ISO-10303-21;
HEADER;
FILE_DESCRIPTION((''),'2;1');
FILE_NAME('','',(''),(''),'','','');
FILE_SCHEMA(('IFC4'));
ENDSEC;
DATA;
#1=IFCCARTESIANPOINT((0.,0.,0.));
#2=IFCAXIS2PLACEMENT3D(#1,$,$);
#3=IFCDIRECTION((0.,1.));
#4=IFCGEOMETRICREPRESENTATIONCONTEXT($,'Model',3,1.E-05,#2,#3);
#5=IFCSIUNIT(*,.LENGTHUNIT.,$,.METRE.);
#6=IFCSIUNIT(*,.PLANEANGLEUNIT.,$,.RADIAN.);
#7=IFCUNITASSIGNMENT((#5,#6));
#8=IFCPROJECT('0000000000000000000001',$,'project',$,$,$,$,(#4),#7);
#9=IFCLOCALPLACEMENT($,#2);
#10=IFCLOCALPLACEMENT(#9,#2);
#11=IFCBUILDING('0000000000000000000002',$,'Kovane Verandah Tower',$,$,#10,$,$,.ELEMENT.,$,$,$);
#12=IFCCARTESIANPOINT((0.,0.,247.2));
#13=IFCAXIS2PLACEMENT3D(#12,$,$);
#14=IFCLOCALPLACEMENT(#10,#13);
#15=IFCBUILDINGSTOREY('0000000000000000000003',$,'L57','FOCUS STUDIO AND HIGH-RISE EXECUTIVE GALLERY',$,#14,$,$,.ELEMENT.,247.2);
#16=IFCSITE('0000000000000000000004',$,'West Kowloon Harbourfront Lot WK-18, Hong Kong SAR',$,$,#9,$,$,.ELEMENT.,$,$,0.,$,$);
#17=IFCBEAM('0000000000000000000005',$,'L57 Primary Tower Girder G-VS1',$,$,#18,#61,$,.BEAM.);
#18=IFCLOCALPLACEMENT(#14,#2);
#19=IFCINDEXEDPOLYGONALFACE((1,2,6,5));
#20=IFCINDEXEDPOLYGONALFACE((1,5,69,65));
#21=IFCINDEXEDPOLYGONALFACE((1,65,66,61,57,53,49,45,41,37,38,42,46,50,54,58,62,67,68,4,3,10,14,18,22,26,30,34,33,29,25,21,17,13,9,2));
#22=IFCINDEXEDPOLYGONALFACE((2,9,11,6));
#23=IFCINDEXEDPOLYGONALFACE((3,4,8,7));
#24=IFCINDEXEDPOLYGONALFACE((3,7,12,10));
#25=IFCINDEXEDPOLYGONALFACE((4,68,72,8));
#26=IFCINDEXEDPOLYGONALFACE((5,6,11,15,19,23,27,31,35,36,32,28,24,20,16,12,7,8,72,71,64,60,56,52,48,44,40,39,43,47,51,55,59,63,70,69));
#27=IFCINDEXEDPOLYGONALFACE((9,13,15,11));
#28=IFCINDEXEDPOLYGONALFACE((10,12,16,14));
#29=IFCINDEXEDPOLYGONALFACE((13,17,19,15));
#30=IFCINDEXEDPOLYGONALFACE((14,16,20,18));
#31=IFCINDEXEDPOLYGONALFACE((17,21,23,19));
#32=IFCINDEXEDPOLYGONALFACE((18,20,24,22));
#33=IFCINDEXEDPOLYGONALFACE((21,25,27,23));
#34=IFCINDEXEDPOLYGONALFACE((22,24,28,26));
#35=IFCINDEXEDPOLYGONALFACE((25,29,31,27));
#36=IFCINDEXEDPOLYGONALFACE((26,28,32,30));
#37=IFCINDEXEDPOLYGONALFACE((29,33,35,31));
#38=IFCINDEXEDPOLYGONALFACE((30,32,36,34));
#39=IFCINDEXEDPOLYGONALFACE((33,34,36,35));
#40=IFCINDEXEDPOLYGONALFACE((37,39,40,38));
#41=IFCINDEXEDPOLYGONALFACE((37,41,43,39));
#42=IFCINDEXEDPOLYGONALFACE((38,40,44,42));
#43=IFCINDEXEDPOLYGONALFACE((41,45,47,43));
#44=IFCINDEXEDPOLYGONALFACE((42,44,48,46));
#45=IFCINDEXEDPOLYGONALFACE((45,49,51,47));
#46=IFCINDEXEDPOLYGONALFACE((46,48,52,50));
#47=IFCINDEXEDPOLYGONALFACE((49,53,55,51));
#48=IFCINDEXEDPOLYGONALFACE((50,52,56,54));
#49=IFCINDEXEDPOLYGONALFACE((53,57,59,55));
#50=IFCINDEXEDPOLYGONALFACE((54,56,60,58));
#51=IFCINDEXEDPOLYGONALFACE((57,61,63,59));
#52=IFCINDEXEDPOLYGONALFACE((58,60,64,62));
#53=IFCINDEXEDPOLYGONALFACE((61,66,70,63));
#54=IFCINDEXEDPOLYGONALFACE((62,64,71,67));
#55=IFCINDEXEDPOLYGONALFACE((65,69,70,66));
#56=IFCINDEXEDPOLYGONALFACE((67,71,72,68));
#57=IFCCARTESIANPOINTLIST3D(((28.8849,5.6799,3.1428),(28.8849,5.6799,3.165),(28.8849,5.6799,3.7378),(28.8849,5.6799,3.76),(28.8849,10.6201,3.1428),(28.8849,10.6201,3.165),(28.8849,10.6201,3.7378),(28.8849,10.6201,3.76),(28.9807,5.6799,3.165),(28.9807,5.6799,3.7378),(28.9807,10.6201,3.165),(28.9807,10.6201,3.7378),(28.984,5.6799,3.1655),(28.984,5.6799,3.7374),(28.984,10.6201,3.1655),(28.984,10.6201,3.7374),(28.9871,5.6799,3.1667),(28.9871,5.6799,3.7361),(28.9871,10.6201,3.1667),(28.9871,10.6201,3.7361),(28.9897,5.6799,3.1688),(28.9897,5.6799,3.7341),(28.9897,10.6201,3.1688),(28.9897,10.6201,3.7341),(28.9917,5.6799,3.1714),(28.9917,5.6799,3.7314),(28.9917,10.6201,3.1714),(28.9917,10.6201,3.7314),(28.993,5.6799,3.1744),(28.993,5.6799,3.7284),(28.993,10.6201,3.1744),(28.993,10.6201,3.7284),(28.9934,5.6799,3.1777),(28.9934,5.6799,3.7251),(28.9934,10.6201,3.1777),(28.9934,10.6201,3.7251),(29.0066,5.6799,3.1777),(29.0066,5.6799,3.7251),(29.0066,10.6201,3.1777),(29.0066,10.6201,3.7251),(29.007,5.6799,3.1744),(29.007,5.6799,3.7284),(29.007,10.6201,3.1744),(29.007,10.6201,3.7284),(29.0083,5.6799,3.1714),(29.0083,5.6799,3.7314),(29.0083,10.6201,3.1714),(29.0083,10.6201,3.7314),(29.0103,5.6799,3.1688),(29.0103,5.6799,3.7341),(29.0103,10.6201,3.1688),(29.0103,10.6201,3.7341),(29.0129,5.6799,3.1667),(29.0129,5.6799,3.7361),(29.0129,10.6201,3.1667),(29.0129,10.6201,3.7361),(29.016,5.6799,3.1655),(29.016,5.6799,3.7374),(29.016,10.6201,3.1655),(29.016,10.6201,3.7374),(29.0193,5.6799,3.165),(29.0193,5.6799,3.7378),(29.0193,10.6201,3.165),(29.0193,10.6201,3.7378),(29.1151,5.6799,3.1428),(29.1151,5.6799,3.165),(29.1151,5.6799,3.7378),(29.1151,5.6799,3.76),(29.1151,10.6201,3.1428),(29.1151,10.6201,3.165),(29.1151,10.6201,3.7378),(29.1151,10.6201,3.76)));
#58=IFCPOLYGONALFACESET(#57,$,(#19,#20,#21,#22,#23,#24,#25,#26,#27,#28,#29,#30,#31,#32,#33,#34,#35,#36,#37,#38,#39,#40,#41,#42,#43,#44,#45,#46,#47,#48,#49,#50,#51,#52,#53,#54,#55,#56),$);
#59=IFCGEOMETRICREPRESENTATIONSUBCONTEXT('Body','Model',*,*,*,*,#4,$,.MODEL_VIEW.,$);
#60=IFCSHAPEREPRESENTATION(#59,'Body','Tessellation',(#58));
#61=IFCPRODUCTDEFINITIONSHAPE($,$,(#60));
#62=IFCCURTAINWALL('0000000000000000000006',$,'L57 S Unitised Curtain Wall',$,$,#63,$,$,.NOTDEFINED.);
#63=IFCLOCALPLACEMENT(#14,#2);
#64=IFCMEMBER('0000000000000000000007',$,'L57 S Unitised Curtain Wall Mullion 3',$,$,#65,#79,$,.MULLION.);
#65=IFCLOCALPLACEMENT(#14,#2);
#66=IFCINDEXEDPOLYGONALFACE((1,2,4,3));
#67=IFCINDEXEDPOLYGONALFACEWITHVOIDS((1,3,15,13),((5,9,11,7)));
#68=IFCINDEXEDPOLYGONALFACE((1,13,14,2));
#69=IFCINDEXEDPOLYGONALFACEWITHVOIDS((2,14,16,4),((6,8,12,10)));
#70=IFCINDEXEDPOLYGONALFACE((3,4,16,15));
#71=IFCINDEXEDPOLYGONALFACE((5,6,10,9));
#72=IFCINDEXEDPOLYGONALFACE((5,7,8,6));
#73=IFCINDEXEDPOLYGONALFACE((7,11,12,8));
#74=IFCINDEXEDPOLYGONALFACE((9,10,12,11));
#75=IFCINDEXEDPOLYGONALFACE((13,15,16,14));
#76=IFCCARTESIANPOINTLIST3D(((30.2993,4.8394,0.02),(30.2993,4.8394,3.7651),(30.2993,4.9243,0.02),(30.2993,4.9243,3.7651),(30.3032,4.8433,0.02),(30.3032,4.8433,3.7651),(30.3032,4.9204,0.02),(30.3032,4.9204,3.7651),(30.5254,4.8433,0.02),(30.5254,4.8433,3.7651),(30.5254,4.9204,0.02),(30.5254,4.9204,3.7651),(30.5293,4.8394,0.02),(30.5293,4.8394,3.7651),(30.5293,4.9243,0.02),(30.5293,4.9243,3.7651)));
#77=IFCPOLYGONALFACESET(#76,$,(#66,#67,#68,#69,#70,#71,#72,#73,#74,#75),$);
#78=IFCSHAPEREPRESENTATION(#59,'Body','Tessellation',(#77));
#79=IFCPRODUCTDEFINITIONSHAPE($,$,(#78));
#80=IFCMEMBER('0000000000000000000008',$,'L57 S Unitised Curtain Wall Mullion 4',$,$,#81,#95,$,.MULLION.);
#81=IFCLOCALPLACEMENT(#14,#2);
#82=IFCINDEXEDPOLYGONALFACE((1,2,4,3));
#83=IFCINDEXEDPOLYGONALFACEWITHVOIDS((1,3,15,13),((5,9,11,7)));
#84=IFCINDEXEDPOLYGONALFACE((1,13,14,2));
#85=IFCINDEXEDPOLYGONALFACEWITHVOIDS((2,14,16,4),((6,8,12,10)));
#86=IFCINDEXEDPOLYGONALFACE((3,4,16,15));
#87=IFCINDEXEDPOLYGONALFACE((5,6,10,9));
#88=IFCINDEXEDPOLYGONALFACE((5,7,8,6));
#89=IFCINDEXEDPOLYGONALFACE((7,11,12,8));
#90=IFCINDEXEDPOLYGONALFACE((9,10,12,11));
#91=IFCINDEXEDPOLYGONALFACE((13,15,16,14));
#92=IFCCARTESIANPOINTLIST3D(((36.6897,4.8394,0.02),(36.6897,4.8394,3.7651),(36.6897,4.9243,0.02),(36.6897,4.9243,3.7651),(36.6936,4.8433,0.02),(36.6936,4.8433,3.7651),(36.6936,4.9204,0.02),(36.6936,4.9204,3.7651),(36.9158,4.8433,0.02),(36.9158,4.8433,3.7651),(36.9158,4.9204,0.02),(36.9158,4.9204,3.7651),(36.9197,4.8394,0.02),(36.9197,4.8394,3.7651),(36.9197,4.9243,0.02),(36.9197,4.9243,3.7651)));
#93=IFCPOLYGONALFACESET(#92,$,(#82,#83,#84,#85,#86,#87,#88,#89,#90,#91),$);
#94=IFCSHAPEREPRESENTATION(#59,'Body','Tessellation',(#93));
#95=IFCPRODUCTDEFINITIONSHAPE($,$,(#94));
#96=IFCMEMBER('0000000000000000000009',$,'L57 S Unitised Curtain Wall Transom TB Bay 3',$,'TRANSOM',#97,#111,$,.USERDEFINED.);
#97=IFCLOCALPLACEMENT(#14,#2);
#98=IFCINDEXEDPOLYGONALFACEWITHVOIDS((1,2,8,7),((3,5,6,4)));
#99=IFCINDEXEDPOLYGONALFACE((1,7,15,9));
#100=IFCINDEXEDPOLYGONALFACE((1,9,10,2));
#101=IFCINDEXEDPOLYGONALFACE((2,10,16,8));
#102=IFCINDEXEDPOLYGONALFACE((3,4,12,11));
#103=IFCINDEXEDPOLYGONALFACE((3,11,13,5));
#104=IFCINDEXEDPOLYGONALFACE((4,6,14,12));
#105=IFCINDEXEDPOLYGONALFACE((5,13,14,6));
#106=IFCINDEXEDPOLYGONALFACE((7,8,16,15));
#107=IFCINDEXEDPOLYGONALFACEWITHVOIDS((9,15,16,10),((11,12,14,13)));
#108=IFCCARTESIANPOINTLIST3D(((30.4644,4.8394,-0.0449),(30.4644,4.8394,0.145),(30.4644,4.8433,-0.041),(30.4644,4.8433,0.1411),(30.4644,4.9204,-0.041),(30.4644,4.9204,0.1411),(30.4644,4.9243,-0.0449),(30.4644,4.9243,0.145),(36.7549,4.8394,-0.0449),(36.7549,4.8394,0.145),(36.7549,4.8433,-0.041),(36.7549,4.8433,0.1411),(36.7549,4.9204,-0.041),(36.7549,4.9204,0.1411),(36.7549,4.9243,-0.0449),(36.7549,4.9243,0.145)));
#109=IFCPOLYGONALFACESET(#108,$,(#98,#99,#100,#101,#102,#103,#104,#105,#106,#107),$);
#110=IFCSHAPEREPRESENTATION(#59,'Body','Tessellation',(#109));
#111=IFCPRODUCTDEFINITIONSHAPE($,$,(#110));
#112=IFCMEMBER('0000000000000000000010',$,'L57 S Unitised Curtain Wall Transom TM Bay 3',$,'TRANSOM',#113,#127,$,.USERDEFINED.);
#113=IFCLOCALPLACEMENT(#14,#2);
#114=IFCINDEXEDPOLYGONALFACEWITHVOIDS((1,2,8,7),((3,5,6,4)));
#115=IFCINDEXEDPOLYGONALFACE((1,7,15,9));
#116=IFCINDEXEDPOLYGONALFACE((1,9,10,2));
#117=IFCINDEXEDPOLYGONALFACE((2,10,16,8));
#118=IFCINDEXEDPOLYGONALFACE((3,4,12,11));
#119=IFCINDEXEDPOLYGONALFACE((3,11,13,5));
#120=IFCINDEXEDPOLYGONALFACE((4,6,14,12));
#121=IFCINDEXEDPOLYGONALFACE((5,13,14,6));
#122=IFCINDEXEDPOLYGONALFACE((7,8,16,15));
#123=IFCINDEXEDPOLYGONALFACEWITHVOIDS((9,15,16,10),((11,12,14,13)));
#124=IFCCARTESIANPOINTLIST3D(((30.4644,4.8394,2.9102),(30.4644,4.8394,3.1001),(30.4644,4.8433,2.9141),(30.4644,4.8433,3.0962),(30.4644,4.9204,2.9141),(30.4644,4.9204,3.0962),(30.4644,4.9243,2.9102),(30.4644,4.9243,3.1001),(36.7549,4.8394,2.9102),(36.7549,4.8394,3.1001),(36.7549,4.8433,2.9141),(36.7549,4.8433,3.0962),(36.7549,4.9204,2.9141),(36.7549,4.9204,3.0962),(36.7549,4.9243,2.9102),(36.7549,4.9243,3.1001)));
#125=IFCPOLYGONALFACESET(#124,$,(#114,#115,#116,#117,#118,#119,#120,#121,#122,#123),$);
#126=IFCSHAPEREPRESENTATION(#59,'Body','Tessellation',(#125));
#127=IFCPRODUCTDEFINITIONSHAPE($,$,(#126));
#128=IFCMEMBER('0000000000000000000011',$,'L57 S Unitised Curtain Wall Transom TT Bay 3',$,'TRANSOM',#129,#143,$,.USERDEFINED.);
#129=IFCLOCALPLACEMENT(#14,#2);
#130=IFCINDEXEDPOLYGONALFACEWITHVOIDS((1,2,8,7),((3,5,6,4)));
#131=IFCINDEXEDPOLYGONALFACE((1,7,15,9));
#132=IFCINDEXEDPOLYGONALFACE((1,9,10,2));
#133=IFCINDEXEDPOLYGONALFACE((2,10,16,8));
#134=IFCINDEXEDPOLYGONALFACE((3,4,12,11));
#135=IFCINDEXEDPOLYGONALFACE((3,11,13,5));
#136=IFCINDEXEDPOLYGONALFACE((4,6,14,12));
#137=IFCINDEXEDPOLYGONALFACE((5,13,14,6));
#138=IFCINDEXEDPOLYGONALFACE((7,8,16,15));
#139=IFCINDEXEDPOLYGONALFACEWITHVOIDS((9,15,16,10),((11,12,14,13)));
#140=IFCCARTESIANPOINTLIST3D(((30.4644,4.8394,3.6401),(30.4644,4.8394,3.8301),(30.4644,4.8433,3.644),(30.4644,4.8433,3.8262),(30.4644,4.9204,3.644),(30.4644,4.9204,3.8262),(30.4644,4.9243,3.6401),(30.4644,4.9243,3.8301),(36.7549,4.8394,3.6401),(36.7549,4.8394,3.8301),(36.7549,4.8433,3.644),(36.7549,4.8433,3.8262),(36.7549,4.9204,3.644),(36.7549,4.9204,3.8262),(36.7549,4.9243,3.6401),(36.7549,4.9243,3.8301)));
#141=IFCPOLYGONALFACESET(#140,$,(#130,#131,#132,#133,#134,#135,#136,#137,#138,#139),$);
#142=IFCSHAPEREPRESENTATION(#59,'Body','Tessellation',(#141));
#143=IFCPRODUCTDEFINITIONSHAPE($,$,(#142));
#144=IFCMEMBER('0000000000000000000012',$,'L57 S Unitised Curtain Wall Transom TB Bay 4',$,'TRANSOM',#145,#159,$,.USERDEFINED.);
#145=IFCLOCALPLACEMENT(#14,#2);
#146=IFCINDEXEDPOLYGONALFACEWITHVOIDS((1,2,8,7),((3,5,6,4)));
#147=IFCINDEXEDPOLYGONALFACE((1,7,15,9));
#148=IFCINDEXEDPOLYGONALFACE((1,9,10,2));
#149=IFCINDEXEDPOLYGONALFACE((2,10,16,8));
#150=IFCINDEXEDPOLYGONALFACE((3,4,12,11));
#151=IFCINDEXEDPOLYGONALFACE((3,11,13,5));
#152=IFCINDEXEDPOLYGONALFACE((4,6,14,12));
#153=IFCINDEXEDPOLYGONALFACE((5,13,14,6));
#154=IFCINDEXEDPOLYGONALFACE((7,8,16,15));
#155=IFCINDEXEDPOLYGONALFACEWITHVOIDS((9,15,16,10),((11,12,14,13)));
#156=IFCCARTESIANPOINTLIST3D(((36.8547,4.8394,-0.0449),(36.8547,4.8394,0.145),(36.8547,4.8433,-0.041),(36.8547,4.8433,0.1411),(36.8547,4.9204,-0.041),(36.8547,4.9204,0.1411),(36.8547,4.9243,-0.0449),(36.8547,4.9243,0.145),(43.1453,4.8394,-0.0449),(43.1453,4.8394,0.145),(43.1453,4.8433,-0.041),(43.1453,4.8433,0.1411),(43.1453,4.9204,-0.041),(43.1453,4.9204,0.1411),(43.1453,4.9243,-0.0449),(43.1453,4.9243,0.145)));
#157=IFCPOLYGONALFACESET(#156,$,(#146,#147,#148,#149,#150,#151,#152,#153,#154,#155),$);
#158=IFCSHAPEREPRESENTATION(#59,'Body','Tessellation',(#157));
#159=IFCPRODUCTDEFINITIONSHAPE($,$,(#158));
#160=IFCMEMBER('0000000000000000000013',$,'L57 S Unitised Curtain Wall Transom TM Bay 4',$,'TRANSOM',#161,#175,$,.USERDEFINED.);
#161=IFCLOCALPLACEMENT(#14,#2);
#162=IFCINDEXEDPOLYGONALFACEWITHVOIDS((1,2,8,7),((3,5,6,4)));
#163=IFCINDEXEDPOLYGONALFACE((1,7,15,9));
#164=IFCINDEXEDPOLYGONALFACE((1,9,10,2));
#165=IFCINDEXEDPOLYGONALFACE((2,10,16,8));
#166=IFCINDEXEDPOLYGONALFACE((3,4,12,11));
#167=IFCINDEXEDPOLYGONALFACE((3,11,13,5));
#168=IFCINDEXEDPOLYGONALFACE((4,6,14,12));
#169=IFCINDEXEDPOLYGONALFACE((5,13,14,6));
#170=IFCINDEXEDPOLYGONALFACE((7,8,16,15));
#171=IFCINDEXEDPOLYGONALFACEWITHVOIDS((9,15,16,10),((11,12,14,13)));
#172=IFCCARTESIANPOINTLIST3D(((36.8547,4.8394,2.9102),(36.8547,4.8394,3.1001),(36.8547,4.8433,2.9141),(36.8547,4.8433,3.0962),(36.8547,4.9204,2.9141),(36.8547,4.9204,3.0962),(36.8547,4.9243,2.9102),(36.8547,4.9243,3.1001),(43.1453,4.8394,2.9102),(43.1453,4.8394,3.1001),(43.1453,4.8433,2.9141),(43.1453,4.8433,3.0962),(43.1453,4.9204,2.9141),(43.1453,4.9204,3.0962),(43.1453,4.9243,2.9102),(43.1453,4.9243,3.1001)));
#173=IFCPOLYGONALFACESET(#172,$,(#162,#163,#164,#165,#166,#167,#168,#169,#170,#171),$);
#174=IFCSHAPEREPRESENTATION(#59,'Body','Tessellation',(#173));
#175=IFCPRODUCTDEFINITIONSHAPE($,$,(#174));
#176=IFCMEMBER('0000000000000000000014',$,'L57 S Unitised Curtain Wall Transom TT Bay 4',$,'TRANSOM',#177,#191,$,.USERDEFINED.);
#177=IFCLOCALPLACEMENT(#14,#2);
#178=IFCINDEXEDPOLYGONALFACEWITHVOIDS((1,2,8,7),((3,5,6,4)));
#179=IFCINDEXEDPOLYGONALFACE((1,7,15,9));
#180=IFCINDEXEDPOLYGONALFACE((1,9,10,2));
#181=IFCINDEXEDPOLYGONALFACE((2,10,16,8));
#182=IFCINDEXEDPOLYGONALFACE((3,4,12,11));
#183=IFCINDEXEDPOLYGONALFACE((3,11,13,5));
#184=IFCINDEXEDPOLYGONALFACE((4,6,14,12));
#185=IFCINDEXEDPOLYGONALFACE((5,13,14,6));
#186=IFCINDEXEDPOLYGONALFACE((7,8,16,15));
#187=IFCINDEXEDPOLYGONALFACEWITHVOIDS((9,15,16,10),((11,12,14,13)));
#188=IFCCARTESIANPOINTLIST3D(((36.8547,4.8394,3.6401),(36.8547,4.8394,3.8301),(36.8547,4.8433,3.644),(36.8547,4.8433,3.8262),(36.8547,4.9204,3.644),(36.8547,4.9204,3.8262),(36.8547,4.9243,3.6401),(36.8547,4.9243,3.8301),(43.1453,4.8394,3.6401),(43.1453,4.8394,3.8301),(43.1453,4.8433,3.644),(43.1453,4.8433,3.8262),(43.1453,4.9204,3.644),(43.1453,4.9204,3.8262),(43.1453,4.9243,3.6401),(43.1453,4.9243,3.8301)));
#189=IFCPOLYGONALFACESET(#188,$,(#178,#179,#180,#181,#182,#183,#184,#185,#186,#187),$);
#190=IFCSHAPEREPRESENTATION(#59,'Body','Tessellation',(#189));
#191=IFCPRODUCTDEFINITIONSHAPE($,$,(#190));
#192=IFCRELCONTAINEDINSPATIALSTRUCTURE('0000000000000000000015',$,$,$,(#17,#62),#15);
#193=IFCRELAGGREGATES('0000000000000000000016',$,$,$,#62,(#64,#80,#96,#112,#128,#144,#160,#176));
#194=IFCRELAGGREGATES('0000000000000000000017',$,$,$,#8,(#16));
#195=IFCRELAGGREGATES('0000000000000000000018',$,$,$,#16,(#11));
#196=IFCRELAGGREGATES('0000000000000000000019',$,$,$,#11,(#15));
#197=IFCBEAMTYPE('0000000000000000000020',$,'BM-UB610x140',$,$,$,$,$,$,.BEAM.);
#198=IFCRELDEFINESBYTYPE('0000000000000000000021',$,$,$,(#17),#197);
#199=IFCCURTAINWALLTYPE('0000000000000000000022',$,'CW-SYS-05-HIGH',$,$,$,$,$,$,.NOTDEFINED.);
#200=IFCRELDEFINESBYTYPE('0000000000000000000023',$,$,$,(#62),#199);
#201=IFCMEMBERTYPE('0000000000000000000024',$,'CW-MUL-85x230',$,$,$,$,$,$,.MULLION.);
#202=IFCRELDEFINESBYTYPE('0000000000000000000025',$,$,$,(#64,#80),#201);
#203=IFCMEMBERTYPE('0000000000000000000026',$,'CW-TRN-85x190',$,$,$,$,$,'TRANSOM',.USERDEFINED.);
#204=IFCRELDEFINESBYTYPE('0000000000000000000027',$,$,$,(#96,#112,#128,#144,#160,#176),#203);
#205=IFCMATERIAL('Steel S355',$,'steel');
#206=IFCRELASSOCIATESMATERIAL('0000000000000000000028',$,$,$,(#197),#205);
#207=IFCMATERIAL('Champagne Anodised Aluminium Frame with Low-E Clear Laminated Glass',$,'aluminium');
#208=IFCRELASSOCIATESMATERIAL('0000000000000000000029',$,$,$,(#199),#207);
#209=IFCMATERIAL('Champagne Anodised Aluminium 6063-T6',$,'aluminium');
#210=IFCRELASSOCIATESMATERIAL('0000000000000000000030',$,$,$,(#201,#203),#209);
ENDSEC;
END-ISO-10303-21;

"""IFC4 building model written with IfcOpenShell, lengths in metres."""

from ifc_helpers import new_model, si_unit, direction, frame, origin, origin_2d, place, context, subcontext, project, spatial, hollow_rectangle, i_section, extrude, material, material_profile, profile_set, type_object, element, aggregate, save


model = new_model("IFC4")

# Units and contexts
model_context = context("Model", 3, precision=1e-05, world=origin(), true_north=direction((0.0, 1.0)))
body_context = subcontext(model_context, "Body", "Model", "MODEL_VIEW")
ifc_project = project(units=[si_unit("LENGTHUNIT", "METRE"), si_unit("PLANEANGLEUNIT", "RADIAN")], contexts=[model_context])

# Site, building, storey
site_placement = place(None, origin())
site = spatial("IfcSite", under=ifc_project, at=site_placement, Name="West Kowloon Harbourfront Lot WK-18, Hong Kong SAR", CompositionType="ELEMENT", RefElevation=0.0)
building_placement = place(site_placement, origin())
building = spatial("IfcBuilding", under=site, at=building_placement, Name="Kovane Verandah Tower", CompositionType="ELEMENT")
storey_placement = place(building_placement, frame((0.0, 0.0, 247.2)))
storey = spatial("IfcBuildingStorey", under=building, at=storey_placement, Name="L57", Description="FOCUS STUDIO AND HIGH-RISE EXECUTIVE GALLERY", CompositionType="ELEMENT", Elevation=247.2)

# Beam
ifc_material_1 = material(Name="Steel S355", Category="steel")
ifc_material_profile_1 = material_profile(ifc_material_1, i_section(OverallWidth=0.2302, OverallDepth=0.6172, WebThickness=0.0132, FlangeThickness=0.0222, FilletRadius=0.0127, at=origin_2d()), Name="UB610x229x140")
ifc_profile_set_1 = profile_set([ifc_material_profile_1], Name="Steel S355")
beam_type_1 = type_object("IfcBeamType", Name="BM-UB610x140", PredefinedType="BEAM", material=ifc_profile_set_1)
beam_1_placement = place(storey_placement, frame((29.0, 10.6201, 3.4514), z_axis=(0.0, -1.0, 0.0), x_axis=(1.0, 0.0, 0.0)))
element("IfcBeam", 1, at=beam_1_placement, inside=storey, type_object=beam_type_1, Name="L57 Primary Tower Girder G-VS1", PredefinedType="BEAM", context=body_context, shape_type="SweptSolid", body=[
    extrude(i_section(OverallWidth=0.2302, OverallDepth=0.6172, WebThickness=0.0132, FlangeThickness=0.0222, FilletRadius=0.0127, at=origin_2d()), origin(), (0.0, 0.0, 1.0), 4.9402),
])

# Curtain wall, members
ifc_material_2 = material(Name="Champagne Anodised Aluminium Frame with Low-E Clear Laminated Glass", Category="aluminium")
curtain_wall_type = type_object("IfcCurtainWallType", Name="CW-SYS-05-HIGH", PredefinedType="NOTDEFINED", material=ifc_material_2)
curtain_wall_placement = place(storey_placement, origin())
curtain_wall = element("IfcCurtainWall", 2, at=curtain_wall_placement, inside=storey, type_object=curtain_wall_type, Name="L57 S Unitised Curtain Wall", PredefinedType="NOTDEFINED")
ifc_material_3 = material(Name="Champagne Anodised Aluminium 6063-T6", Category="aluminium")
ifc_material_profile_2 = material_profile(ifc_material_3, hollow_rectangle(XDim=0.085, YDim=0.23, WallThickness=0.0039, at=origin_2d()), Name="AL85x230x4")
ifc_profile_set_2 = profile_set([ifc_material_profile_2], Name="Champagne Anodised Aluminium 6063-T6")
member_type_1 = type_object("IfcMemberType", Name="CW-MUL-85x230", PredefinedType="MULLION", material=ifc_profile_set_2)
member_1_placement = place(storey_placement, frame((30.4143, 4.8818, 0.02), z_axis=(0.0, 0.0, 1.0), x_axis=(0.0, -1.0, 0.0)))
member_1 = element("IfcMember", 3, at=member_1_placement, type_object=member_type_1, Name="L57 S Unitised Curtain Wall Mullion 3", PredefinedType="MULLION", context=body_context, shape_type="SweptSolid", body=[
    extrude(hollow_rectangle(XDim=0.085, YDim=0.23, WallThickness=0.0039, at=origin_2d()), origin(), (0.0, 0.0, 1.0), 3.7451),
])
member_2_placement = place(storey_placement, frame((36.8047, 4.8818, 0.02), z_axis=(0.0, 0.0, 1.0), x_axis=(0.0, -1.0, 0.0)))
member_2 = element("IfcMember", 4, at=member_2_placement, type_object=member_type_1, Name="L57 S Unitised Curtain Wall Mullion 4", PredefinedType="MULLION", context=body_context, shape_type="SweptSolid", body=[
    extrude(hollow_rectangle(XDim=0.085, YDim=0.23, WallThickness=0.0039, at=origin_2d()), origin(), (0.0, 0.0, 1.0), 3.7451),
])
ifc_material_profile_3 = material_profile(ifc_material_3, hollow_rectangle(XDim=0.085, YDim=0.1899, WallThickness=0.0039, at=origin_2d()), Name="AL85x190x4")
ifc_profile_set_3 = profile_set([ifc_material_profile_3], Name="Champagne Anodised Aluminium 6063-T6")
member_type_2 = type_object("IfcMemberType", Name="CW-TRN-85x190", ElementType="TRANSOM", PredefinedType="USERDEFINED", material=ifc_profile_set_3)
member_3_placement = place(storey_placement, frame((30.4644, 4.8818, 0.05), z_axis=(1.0, 0.0, 0.0), x_axis=(0.0, 1.0, 0.0)))
member_3 = element("IfcMember", 5, at=member_3_placement, type_object=member_type_2, Name="L57 S Unitised Curtain Wall Transom TB Bay 3", ObjectType="TRANSOM", PredefinedType="USERDEFINED", context=body_context, shape_type="SweptSolid", body=[
    extrude(hollow_rectangle(XDim=0.085, YDim=0.1899, WallThickness=0.0039, at=origin_2d()), origin(), (0.0, 0.0, 1.0), 6.2905),
])
member_4_placement = place(storey_placement, frame((30.4644, 4.8818, 3.0051), z_axis=(1.0, 0.0, 0.0), x_axis=(0.0, 1.0, 0.0)))
member_4 = element("IfcMember", 6, at=member_4_placement, type_object=member_type_2, Name="L57 S Unitised Curtain Wall Transom TM Bay 3", ObjectType="TRANSOM", PredefinedType="USERDEFINED", context=body_context, shape_type="SweptSolid", body=[
    extrude(hollow_rectangle(XDim=0.085, YDim=0.1899, WallThickness=0.0039, at=origin_2d()), origin(), (0.0, 0.0, 1.0), 6.2905),
])
member_5_placement = place(storey_placement, frame((30.4644, 4.8818, 3.7351), z_axis=(1.0, 0.0, 0.0), x_axis=(0.0, 1.0, 0.0)))
member_5 = element("IfcMember", 7, at=member_5_placement, type_object=member_type_2, Name="L57 S Unitised Curtain Wall Transom TT Bay 3", ObjectType="TRANSOM", PredefinedType="USERDEFINED", context=body_context, shape_type="SweptSolid", body=[
    extrude(hollow_rectangle(XDim=0.085, YDim=0.1899, WallThickness=0.0039, at=origin_2d()), origin(), (0.0, 0.0, 1.0), 6.2905),
])
member_6_placement = place(storey_placement, frame((36.8547, 4.8818, 0.05), z_axis=(1.0, 0.0, 0.0), x_axis=(0.0, 1.0, 0.0)))
member_6 = element("IfcMember", 8, at=member_6_placement, type_object=member_type_2, Name="L57 S Unitised Curtain Wall Transom TB Bay 4", ObjectType="TRANSOM", PredefinedType="USERDEFINED", context=body_context, shape_type="SweptSolid", body=[
    extrude(hollow_rectangle(XDim=0.085, YDim=0.1899, WallThickness=0.0039, at=origin_2d()), origin(), (0.0, 0.0, 1.0), 6.2905),
])
member_7_placement = place(storey_placement, frame((36.8547, 4.8818, 3.0051), z_axis=(1.0, 0.0, 0.0), x_axis=(0.0, 1.0, 0.0)))
member_7 = element("IfcMember", 9, at=member_7_placement, type_object=member_type_2, Name="L57 S Unitised Curtain Wall Transom TM Bay 4", ObjectType="TRANSOM", PredefinedType="USERDEFINED", context=body_context, shape_type="SweptSolid", body=[
    extrude(hollow_rectangle(XDim=0.085, YDim=0.1899, WallThickness=0.0039, at=origin_2d()), origin(), (0.0, 0.0, 1.0), 6.2905),
])
member_8_placement = place(storey_placement, frame((36.8547, 4.8818, 3.7351), z_axis=(1.0, 0.0, 0.0), x_axis=(0.0, 1.0, 0.0)))
member_8 = element("IfcMember", 10, at=member_8_placement, type_object=member_type_2, Name="L57 S Unitised Curtain Wall Transom TT Bay 4", ObjectType="TRANSOM", PredefinedType="USERDEFINED", context=body_context, shape_type="SweptSolid", body=[
    extrude(hollow_rectangle(XDim=0.085, YDim=0.1899, WallThickness=0.0039, at=origin_2d()), origin(), (0.0, 0.0, 1.0), 6.2905),
])

aggregate(curtain_wall, [member_1, member_2, member_3, member_4, member_5, member_6, member_7, member_8])

save(model, "model.ifc")
